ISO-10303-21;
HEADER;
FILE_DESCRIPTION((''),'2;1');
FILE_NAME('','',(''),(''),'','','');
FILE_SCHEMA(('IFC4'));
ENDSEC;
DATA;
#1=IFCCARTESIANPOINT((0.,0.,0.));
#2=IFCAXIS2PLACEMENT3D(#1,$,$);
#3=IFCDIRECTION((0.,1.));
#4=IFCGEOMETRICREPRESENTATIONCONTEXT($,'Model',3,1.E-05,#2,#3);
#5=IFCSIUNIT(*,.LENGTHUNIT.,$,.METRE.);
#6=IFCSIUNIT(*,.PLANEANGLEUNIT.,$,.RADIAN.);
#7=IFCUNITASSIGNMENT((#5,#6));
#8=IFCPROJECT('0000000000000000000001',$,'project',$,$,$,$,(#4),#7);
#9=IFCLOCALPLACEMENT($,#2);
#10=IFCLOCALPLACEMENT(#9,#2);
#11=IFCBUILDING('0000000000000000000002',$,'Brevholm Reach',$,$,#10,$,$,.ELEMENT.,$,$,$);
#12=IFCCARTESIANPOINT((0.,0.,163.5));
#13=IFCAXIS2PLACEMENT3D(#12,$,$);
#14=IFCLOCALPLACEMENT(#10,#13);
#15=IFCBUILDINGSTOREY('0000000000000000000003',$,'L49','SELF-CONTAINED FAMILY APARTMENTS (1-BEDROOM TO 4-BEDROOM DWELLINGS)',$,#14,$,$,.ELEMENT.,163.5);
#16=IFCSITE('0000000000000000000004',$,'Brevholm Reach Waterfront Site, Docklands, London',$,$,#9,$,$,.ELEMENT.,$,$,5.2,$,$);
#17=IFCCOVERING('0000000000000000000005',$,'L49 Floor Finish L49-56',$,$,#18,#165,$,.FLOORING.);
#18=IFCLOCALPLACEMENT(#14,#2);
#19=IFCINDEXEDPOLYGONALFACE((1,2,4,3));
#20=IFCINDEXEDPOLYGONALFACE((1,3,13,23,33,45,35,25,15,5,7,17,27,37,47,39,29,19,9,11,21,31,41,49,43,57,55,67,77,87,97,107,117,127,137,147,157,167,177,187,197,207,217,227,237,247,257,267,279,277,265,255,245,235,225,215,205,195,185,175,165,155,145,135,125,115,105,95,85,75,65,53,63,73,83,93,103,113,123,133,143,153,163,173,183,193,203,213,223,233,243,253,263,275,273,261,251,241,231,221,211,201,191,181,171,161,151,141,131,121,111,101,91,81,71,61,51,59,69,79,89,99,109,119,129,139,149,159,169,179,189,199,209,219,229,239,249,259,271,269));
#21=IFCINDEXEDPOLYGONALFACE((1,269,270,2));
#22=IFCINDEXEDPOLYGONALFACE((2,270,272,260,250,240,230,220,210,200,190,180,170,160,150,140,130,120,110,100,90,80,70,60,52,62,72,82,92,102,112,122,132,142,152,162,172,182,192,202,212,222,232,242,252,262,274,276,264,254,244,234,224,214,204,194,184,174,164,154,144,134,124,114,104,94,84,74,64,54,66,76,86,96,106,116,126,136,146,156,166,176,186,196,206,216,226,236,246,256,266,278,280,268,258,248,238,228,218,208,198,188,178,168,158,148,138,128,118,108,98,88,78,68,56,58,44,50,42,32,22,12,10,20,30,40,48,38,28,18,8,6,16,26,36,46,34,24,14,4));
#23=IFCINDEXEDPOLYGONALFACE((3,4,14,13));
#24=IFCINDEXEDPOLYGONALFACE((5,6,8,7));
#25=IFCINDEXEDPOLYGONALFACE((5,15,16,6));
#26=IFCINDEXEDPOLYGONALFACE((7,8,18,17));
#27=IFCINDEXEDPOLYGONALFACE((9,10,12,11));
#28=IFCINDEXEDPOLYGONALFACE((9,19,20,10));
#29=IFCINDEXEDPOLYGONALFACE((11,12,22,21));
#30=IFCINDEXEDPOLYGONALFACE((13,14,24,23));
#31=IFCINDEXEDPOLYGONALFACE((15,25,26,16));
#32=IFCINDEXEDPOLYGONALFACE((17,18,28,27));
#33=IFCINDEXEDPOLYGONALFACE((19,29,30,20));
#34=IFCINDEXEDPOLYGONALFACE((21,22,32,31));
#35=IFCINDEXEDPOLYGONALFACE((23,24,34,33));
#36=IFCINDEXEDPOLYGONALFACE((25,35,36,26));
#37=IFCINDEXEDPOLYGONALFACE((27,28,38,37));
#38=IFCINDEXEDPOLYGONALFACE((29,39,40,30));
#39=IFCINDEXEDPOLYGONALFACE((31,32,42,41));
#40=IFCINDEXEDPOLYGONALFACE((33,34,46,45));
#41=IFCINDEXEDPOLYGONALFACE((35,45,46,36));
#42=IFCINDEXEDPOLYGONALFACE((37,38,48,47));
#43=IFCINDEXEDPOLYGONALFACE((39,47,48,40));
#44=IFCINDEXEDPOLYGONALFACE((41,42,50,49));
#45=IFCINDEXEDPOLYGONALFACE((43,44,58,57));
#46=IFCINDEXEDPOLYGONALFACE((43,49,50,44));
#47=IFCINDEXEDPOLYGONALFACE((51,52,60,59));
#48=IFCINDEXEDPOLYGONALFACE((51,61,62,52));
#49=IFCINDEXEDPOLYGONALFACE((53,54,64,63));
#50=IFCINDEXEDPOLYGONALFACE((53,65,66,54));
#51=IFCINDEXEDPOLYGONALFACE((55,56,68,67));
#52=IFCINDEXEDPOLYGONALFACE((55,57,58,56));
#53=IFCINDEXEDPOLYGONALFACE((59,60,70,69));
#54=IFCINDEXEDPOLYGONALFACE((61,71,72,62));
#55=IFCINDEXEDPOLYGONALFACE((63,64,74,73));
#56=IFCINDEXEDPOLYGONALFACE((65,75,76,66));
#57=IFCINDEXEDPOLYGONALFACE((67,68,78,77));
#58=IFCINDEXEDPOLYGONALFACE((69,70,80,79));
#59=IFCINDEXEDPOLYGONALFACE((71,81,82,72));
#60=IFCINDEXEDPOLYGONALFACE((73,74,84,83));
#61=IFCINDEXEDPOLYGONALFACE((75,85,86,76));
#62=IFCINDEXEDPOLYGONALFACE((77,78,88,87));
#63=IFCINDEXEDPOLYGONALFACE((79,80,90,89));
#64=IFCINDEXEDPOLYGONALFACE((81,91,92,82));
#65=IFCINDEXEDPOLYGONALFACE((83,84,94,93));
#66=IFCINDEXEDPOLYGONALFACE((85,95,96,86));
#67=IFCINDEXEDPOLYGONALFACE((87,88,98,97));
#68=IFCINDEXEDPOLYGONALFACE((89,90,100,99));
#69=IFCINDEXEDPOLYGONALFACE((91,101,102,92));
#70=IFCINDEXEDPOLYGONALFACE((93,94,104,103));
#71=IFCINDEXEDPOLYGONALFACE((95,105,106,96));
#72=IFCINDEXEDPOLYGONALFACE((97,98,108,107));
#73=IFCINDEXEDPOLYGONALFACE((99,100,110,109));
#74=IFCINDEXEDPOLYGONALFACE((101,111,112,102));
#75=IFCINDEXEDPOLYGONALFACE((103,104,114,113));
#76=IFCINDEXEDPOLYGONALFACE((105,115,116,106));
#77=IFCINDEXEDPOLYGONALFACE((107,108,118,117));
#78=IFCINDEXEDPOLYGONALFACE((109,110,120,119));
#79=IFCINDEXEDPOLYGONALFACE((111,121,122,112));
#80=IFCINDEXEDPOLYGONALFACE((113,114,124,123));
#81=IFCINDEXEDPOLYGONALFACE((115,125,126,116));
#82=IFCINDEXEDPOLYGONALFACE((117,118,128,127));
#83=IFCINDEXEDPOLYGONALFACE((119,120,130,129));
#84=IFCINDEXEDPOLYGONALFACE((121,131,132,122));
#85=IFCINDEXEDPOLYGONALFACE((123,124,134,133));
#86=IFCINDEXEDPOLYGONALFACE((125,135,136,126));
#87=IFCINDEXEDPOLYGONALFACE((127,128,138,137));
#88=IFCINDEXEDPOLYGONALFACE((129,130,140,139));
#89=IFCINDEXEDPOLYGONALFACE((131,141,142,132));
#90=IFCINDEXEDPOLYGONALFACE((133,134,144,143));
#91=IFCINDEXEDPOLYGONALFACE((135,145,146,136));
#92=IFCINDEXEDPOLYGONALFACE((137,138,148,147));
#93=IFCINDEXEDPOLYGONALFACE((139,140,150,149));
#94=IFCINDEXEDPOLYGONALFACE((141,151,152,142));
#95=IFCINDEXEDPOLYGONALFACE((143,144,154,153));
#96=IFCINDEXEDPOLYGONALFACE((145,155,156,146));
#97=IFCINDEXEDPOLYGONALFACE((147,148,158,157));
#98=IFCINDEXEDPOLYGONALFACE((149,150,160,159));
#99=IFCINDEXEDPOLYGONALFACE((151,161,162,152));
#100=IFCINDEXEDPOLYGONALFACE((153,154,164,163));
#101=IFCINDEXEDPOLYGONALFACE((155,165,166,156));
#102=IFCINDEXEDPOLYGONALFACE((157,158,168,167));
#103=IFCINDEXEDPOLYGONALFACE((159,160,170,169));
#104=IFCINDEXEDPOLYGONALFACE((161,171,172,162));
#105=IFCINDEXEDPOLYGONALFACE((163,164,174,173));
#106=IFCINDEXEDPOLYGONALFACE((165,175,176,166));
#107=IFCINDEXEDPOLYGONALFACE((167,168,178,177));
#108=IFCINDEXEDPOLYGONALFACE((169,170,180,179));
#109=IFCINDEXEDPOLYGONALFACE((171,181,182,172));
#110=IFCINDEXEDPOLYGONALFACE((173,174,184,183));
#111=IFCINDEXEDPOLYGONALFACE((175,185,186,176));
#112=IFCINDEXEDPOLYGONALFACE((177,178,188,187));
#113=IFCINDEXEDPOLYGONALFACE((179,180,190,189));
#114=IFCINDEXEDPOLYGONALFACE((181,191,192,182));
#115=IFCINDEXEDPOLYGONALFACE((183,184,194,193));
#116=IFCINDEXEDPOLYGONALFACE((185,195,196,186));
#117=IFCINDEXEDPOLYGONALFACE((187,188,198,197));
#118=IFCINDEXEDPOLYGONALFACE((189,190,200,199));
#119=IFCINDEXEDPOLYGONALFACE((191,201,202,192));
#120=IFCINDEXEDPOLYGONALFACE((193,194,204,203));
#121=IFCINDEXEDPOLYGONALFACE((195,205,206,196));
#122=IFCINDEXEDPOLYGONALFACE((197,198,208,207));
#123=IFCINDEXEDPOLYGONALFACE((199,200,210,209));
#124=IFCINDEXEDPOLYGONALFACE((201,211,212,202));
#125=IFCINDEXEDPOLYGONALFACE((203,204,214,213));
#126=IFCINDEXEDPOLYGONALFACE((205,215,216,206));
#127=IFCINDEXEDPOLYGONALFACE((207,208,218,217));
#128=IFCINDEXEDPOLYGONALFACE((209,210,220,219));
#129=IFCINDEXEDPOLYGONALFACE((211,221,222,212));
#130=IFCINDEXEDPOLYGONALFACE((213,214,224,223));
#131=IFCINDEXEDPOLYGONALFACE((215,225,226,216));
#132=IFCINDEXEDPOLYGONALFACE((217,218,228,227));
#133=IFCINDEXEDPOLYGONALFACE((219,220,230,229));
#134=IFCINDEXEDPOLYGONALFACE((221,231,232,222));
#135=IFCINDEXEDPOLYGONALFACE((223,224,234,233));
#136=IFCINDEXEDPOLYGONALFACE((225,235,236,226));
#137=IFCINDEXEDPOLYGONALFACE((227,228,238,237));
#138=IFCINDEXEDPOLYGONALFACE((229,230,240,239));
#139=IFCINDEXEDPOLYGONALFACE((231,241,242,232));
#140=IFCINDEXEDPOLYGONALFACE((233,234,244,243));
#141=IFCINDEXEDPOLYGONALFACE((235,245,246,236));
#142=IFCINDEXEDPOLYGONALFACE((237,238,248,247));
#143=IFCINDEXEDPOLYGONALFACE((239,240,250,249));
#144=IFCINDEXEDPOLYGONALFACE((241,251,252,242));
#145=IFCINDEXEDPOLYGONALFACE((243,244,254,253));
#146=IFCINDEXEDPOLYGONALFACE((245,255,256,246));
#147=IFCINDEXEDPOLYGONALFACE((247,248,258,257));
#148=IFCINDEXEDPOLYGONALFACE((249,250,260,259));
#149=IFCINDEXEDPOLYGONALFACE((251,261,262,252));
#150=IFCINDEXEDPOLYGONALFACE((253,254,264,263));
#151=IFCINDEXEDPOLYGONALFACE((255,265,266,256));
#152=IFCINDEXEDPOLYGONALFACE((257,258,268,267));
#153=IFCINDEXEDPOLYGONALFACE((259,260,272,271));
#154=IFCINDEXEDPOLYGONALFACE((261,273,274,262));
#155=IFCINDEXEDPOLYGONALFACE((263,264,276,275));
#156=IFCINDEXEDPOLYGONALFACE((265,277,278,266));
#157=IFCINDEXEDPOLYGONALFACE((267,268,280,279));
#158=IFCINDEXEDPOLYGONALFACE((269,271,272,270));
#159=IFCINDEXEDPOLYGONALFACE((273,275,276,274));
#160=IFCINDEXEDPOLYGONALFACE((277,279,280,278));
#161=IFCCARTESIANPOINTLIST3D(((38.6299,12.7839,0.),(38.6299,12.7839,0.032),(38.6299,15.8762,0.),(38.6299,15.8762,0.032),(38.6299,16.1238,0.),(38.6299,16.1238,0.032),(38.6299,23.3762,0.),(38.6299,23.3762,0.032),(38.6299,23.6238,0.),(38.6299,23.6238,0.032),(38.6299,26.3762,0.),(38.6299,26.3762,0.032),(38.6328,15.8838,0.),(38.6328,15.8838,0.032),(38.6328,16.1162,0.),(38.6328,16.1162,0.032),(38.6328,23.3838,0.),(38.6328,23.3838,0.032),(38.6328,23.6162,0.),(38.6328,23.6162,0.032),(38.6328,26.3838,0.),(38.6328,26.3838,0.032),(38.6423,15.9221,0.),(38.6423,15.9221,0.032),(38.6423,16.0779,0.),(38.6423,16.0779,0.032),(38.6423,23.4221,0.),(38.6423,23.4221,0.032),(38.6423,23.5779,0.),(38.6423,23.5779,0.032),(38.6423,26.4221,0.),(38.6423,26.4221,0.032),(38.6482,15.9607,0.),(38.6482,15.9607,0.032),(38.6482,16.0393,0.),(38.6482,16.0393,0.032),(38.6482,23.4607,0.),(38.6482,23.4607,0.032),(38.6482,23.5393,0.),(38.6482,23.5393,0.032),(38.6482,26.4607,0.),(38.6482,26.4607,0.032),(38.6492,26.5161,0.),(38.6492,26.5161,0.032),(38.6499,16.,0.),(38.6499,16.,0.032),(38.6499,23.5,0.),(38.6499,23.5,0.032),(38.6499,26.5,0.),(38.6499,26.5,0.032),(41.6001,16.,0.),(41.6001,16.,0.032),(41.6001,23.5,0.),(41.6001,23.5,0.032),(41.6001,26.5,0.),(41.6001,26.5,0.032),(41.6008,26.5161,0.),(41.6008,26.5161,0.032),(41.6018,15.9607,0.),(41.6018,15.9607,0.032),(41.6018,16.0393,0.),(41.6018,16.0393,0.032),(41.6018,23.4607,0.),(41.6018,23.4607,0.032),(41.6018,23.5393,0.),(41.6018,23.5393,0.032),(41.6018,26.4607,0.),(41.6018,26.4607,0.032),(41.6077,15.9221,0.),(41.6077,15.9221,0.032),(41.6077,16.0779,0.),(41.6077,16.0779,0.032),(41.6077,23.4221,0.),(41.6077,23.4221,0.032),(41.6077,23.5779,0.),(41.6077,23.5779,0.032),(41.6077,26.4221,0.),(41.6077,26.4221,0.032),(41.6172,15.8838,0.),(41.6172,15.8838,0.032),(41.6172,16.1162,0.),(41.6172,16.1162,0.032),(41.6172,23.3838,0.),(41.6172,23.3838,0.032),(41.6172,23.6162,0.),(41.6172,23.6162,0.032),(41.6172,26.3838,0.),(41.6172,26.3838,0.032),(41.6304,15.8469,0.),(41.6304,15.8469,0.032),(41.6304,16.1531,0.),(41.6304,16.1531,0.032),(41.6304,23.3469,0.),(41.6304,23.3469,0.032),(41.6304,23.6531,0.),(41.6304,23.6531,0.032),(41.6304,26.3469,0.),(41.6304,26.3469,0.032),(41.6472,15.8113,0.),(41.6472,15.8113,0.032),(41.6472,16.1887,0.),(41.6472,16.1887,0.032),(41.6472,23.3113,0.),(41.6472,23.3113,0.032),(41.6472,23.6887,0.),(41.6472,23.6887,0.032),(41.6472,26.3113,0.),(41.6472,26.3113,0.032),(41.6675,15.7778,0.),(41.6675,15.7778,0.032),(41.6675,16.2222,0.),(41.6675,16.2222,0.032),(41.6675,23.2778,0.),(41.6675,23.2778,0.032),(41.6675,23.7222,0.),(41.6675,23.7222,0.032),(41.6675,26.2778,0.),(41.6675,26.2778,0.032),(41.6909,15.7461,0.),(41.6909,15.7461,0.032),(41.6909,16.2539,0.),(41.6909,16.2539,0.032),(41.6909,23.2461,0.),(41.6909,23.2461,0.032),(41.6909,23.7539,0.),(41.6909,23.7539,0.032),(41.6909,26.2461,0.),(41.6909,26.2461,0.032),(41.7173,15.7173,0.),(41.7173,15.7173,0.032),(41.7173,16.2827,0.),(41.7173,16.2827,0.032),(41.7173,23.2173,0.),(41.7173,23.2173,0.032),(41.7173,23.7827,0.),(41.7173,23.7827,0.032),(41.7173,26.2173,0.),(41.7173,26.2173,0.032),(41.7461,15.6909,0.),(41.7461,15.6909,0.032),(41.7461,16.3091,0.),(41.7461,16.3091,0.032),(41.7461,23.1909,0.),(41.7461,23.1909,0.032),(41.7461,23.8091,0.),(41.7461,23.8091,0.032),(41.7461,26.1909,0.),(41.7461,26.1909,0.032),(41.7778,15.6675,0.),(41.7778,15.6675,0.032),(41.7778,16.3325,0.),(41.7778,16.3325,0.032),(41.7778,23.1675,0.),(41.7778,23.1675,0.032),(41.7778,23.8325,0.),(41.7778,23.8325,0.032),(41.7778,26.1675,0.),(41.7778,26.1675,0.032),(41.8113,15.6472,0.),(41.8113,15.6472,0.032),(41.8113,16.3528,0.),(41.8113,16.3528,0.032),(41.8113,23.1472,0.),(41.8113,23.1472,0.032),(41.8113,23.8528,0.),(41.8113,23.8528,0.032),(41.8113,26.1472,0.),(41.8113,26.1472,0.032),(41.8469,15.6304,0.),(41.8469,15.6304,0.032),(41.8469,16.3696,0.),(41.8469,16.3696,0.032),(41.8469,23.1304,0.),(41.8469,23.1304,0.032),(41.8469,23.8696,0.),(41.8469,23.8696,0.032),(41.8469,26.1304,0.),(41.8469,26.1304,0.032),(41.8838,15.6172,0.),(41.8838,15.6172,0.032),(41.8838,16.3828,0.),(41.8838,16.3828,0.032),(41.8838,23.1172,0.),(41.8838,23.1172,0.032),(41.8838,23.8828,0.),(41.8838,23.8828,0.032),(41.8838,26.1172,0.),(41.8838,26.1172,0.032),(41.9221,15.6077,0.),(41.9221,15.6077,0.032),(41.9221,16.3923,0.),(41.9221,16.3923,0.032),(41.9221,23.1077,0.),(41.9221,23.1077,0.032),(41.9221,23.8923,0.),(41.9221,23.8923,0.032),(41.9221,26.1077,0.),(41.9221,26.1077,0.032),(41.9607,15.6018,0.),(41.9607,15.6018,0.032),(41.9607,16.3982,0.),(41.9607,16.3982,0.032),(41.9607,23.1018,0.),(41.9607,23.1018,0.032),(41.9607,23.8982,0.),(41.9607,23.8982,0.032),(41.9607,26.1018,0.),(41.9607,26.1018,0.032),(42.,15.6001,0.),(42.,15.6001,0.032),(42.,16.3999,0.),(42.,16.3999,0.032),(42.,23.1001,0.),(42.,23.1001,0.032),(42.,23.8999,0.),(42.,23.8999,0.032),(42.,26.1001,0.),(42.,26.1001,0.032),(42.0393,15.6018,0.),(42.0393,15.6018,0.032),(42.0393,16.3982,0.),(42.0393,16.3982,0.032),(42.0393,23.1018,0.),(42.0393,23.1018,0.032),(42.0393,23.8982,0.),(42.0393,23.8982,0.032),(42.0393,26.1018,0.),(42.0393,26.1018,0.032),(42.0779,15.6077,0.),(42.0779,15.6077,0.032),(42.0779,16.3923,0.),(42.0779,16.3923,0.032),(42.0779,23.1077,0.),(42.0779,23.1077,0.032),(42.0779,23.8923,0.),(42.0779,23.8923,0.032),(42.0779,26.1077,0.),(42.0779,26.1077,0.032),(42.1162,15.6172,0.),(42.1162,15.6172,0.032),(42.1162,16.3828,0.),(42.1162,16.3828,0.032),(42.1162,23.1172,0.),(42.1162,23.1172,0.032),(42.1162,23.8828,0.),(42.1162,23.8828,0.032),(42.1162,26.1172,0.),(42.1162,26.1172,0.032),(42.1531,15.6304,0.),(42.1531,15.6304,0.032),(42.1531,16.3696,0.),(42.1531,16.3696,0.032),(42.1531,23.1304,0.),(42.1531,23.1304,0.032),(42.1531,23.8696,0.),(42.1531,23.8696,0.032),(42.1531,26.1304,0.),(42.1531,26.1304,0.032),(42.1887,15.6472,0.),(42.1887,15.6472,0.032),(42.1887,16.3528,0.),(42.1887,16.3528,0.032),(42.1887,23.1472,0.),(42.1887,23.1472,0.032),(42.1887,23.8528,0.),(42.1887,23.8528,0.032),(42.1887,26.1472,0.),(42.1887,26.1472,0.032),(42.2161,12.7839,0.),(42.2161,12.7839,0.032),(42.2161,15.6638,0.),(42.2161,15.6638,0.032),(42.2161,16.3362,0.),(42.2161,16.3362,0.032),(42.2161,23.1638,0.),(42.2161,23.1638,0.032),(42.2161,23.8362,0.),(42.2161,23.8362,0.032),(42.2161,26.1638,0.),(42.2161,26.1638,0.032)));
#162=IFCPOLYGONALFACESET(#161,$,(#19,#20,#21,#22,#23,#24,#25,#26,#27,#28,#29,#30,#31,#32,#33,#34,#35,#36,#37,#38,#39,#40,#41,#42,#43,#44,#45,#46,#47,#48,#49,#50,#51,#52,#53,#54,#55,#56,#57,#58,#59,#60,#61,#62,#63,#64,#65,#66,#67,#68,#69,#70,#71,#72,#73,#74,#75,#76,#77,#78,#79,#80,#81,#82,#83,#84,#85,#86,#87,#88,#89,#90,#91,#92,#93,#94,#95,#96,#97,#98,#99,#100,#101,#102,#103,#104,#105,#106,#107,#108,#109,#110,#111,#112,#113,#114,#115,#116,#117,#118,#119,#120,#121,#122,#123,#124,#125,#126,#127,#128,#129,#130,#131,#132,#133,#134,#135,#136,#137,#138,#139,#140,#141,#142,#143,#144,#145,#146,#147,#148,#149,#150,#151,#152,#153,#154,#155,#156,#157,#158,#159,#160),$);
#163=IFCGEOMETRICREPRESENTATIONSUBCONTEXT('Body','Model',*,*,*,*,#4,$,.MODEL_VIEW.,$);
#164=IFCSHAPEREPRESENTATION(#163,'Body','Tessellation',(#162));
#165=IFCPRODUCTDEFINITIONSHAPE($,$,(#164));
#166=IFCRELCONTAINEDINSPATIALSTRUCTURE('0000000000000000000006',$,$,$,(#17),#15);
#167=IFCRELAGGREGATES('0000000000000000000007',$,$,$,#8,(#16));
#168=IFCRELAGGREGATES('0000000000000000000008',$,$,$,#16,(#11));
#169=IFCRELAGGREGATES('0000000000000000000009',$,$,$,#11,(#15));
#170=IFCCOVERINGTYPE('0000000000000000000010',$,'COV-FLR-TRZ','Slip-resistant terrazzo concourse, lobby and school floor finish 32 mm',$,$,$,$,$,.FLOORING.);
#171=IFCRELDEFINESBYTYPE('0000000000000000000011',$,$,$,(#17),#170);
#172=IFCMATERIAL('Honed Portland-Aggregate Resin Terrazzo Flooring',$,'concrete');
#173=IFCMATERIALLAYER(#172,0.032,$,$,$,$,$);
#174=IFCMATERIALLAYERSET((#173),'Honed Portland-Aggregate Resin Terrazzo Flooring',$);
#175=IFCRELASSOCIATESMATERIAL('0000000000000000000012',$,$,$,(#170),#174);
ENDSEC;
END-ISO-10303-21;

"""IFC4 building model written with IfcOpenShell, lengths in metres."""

from ifc_helpers import new_model, si_unit, direction, frame, origin, place, context, subcontext, project, spatial, polyline, outline, extrude, material, layer, layer_set, type_object, element, save


model = new_model("IFC4")

# Units and contexts
model_context = context("Model", 3, precision=1e-05, world=origin(), true_north=direction((0.0, 1.0)))
body_context = subcontext(model_context, "Body", "Model", "MODEL_VIEW")
ifc_project = project(units=[si_unit("LENGTHUNIT", "METRE"), si_unit("PLANEANGLEUNIT", "RADIAN")], contexts=[model_context])

# Site, building, storey
site_placement = place(None, origin())
site = spatial("IfcSite", under=ifc_project, at=site_placement, Name="Brevholm Reach Waterfront Site, Docklands, London", CompositionType="ELEMENT", RefElevation=5.2)
building_placement = place(site_placement, origin())
building = spatial("IfcBuilding", under=site, at=building_placement, Name="Brevholm Reach", CompositionType="ELEMENT")
storey_placement = place(building_placement, frame((0.0, 0.0, 163.5)))
storey = spatial("IfcBuildingStorey", under=building, at=storey_placement, Name="L49", Description="SELF-CONTAINED FAMILY APARTMENTS (1-BEDROOM TO 4-BEDROOM DWELLINGS)", CompositionType="ELEMENT", Elevation=163.5)

# Covering
ifc_material_1 = material(Name="Honed Portland-Aggregate Resin Terrazzo Flooring", Category="concrete")
ifc_layer_1 = layer(ifc_material_1, 0.032)
ifc_layer_set_1 = layer_set([ifc_layer_1], Name="Honed Portland-Aggregate Resin Terrazzo Flooring")
covering_type_1 = type_object("IfcCoveringType", Name="COV-FLR-TRZ", Description="Slip-resistant terrazzo concourse, lobby and school floor finish 32 mm", PredefinedType="FLOORING", material=ifc_layer_set_1)
covering_1_placement = place(storey_placement, origin())
element("IfcCovering", 1, at=covering_1_placement, inside=storey, type_object=covering_type_1, Name="L49 Floor Finish L49-56", PredefinedType="FLOORING", context=body_context, shape_type="SweptSolid", body=[
    extrude(outline(polyline([(38.6299, 15.8762), (38.6328, 15.8838), (38.6423, 15.9221), (38.6482, 15.9607), (38.6499, 16.0), (38.6482, 16.0393), (38.6423, 16.0779), (38.6328, 16.1162), (38.6299, 16.1238), (38.6299, 23.3762), (38.6328, 23.3838), (38.6423, 23.4221), (38.6482, 23.4607), (38.6499, 23.5), (38.6482, 23.5393), (38.6423, 23.5779), (38.6328, 23.6162), (38.6299, 23.6238), (38.6299, 26.3762), (38.6328, 26.3838), (38.6423, 26.4221), (38.6482, 26.4607), (38.6499, 26.5), (38.6492, 26.5161), (41.6008, 26.5161), (41.6001, 26.5), (41.6018, 26.4607), (41.6077, 26.4221), (41.6172, 26.3838), (41.6304, 26.3469), (41.6472, 26.3113), (41.6675, 26.2778), (41.6909, 26.2461), (41.7173, 26.2173), (41.7461, 26.1909), (41.7778, 26.1675), (41.8113, 26.1472), (41.8469, 26.1304), (41.8838, 26.1172), (41.9221, 26.1077), (41.9607, 26.1018), (42.0, 26.1001), (42.0393, 26.1018), (42.0779, 26.1077), (42.1162, 26.1172), (42.1531, 26.1304), (42.1887, 26.1472), (42.2161, 26.1638), (42.2161, 23.8362), (42.1887, 23.8528), (42.1531, 23.8696), (42.1162, 23.8828), (42.0779, 23.8923), (42.0393, 23.8982), (42.0, 23.8999), (41.9607, 23.8982), (41.9221, 23.8923), (41.8838, 23.8828), (41.8469, 23.8696), (41.8113, 23.8528), (41.7778, 23.8325), (41.7461, 23.8091), (41.7173, 23.7827), (41.6909, 23.7539), (41.6675, 23.7222), (41.6472, 23.6887), (41.6304, 23.6531), (41.6172, 23.6162), (41.6077, 23.5779), (41.6018, 23.5393), (41.6001, 23.5), (41.6018, 23.4607), (41.6077, 23.4221), (41.6172, 23.3838), (41.6304, 23.3469), (41.6472, 23.3113), (41.6675, 23.2778), (41.6909, 23.2461), (41.7173, 23.2173), (41.7461, 23.1909), (41.7778, 23.1675), (41.8113, 23.1472), (41.8469, 23.1304), (41.8838, 23.1172), (41.9221, 23.1077), (41.9607, 23.1018), (42.0, 23.1001), (42.0393, 23.1018), (42.0779, 23.1077), (42.1162, 23.1172), (42.1531, 23.1304), (42.1887, 23.1472), (42.2161, 23.1638), (42.2161, 16.3362), (42.1887, 16.3528), (42.1531, 16.3696), (42.1162, 16.3828), (42.0779, 16.3923), (42.0393, 16.3982), (42.0, 16.3999), (41.9607, 16.3982), (41.9221, 16.3923), (41.8838, 16.3828), (41.8469, 16.3696), (41.8113, 16.3528), (41.7778, 16.3325), (41.7461, 16.3091), (41.7173, 16.2827), (41.6909, 16.2539), (41.6675, 16.2222), (41.6472, 16.1887), (41.6304, 16.1531), (41.6172, 16.1162), (41.6077, 16.0779), (41.6018, 16.0393), (41.6001, 16.0), (41.6018, 15.9607), (41.6077, 15.9221), (41.6172, 15.8838), (41.6304, 15.8469), (41.6472, 15.8113), (41.6675, 15.7778), (41.6909, 15.7461), (41.7173, 15.7173), (41.7461, 15.6909), (41.7778, 15.6675), (41.8113, 15.6472), (41.8469, 15.6304), (41.8838, 15.6172), (41.9221, 15.6077), (41.9607, 15.6018), (42.0, 15.6001), (42.0393, 15.6018), (42.0779, 15.6077), (42.1162, 15.6172), (42.1531, 15.6304), (42.1887, 15.6472), (42.2161, 15.6638), (42.2161, 12.7839), (38.6299, 12.7839), (38.6299, 15.8762)])), origin(), (0.0, 0.0, 1.0), 0.032),
])

save(model, "model.ifc")
